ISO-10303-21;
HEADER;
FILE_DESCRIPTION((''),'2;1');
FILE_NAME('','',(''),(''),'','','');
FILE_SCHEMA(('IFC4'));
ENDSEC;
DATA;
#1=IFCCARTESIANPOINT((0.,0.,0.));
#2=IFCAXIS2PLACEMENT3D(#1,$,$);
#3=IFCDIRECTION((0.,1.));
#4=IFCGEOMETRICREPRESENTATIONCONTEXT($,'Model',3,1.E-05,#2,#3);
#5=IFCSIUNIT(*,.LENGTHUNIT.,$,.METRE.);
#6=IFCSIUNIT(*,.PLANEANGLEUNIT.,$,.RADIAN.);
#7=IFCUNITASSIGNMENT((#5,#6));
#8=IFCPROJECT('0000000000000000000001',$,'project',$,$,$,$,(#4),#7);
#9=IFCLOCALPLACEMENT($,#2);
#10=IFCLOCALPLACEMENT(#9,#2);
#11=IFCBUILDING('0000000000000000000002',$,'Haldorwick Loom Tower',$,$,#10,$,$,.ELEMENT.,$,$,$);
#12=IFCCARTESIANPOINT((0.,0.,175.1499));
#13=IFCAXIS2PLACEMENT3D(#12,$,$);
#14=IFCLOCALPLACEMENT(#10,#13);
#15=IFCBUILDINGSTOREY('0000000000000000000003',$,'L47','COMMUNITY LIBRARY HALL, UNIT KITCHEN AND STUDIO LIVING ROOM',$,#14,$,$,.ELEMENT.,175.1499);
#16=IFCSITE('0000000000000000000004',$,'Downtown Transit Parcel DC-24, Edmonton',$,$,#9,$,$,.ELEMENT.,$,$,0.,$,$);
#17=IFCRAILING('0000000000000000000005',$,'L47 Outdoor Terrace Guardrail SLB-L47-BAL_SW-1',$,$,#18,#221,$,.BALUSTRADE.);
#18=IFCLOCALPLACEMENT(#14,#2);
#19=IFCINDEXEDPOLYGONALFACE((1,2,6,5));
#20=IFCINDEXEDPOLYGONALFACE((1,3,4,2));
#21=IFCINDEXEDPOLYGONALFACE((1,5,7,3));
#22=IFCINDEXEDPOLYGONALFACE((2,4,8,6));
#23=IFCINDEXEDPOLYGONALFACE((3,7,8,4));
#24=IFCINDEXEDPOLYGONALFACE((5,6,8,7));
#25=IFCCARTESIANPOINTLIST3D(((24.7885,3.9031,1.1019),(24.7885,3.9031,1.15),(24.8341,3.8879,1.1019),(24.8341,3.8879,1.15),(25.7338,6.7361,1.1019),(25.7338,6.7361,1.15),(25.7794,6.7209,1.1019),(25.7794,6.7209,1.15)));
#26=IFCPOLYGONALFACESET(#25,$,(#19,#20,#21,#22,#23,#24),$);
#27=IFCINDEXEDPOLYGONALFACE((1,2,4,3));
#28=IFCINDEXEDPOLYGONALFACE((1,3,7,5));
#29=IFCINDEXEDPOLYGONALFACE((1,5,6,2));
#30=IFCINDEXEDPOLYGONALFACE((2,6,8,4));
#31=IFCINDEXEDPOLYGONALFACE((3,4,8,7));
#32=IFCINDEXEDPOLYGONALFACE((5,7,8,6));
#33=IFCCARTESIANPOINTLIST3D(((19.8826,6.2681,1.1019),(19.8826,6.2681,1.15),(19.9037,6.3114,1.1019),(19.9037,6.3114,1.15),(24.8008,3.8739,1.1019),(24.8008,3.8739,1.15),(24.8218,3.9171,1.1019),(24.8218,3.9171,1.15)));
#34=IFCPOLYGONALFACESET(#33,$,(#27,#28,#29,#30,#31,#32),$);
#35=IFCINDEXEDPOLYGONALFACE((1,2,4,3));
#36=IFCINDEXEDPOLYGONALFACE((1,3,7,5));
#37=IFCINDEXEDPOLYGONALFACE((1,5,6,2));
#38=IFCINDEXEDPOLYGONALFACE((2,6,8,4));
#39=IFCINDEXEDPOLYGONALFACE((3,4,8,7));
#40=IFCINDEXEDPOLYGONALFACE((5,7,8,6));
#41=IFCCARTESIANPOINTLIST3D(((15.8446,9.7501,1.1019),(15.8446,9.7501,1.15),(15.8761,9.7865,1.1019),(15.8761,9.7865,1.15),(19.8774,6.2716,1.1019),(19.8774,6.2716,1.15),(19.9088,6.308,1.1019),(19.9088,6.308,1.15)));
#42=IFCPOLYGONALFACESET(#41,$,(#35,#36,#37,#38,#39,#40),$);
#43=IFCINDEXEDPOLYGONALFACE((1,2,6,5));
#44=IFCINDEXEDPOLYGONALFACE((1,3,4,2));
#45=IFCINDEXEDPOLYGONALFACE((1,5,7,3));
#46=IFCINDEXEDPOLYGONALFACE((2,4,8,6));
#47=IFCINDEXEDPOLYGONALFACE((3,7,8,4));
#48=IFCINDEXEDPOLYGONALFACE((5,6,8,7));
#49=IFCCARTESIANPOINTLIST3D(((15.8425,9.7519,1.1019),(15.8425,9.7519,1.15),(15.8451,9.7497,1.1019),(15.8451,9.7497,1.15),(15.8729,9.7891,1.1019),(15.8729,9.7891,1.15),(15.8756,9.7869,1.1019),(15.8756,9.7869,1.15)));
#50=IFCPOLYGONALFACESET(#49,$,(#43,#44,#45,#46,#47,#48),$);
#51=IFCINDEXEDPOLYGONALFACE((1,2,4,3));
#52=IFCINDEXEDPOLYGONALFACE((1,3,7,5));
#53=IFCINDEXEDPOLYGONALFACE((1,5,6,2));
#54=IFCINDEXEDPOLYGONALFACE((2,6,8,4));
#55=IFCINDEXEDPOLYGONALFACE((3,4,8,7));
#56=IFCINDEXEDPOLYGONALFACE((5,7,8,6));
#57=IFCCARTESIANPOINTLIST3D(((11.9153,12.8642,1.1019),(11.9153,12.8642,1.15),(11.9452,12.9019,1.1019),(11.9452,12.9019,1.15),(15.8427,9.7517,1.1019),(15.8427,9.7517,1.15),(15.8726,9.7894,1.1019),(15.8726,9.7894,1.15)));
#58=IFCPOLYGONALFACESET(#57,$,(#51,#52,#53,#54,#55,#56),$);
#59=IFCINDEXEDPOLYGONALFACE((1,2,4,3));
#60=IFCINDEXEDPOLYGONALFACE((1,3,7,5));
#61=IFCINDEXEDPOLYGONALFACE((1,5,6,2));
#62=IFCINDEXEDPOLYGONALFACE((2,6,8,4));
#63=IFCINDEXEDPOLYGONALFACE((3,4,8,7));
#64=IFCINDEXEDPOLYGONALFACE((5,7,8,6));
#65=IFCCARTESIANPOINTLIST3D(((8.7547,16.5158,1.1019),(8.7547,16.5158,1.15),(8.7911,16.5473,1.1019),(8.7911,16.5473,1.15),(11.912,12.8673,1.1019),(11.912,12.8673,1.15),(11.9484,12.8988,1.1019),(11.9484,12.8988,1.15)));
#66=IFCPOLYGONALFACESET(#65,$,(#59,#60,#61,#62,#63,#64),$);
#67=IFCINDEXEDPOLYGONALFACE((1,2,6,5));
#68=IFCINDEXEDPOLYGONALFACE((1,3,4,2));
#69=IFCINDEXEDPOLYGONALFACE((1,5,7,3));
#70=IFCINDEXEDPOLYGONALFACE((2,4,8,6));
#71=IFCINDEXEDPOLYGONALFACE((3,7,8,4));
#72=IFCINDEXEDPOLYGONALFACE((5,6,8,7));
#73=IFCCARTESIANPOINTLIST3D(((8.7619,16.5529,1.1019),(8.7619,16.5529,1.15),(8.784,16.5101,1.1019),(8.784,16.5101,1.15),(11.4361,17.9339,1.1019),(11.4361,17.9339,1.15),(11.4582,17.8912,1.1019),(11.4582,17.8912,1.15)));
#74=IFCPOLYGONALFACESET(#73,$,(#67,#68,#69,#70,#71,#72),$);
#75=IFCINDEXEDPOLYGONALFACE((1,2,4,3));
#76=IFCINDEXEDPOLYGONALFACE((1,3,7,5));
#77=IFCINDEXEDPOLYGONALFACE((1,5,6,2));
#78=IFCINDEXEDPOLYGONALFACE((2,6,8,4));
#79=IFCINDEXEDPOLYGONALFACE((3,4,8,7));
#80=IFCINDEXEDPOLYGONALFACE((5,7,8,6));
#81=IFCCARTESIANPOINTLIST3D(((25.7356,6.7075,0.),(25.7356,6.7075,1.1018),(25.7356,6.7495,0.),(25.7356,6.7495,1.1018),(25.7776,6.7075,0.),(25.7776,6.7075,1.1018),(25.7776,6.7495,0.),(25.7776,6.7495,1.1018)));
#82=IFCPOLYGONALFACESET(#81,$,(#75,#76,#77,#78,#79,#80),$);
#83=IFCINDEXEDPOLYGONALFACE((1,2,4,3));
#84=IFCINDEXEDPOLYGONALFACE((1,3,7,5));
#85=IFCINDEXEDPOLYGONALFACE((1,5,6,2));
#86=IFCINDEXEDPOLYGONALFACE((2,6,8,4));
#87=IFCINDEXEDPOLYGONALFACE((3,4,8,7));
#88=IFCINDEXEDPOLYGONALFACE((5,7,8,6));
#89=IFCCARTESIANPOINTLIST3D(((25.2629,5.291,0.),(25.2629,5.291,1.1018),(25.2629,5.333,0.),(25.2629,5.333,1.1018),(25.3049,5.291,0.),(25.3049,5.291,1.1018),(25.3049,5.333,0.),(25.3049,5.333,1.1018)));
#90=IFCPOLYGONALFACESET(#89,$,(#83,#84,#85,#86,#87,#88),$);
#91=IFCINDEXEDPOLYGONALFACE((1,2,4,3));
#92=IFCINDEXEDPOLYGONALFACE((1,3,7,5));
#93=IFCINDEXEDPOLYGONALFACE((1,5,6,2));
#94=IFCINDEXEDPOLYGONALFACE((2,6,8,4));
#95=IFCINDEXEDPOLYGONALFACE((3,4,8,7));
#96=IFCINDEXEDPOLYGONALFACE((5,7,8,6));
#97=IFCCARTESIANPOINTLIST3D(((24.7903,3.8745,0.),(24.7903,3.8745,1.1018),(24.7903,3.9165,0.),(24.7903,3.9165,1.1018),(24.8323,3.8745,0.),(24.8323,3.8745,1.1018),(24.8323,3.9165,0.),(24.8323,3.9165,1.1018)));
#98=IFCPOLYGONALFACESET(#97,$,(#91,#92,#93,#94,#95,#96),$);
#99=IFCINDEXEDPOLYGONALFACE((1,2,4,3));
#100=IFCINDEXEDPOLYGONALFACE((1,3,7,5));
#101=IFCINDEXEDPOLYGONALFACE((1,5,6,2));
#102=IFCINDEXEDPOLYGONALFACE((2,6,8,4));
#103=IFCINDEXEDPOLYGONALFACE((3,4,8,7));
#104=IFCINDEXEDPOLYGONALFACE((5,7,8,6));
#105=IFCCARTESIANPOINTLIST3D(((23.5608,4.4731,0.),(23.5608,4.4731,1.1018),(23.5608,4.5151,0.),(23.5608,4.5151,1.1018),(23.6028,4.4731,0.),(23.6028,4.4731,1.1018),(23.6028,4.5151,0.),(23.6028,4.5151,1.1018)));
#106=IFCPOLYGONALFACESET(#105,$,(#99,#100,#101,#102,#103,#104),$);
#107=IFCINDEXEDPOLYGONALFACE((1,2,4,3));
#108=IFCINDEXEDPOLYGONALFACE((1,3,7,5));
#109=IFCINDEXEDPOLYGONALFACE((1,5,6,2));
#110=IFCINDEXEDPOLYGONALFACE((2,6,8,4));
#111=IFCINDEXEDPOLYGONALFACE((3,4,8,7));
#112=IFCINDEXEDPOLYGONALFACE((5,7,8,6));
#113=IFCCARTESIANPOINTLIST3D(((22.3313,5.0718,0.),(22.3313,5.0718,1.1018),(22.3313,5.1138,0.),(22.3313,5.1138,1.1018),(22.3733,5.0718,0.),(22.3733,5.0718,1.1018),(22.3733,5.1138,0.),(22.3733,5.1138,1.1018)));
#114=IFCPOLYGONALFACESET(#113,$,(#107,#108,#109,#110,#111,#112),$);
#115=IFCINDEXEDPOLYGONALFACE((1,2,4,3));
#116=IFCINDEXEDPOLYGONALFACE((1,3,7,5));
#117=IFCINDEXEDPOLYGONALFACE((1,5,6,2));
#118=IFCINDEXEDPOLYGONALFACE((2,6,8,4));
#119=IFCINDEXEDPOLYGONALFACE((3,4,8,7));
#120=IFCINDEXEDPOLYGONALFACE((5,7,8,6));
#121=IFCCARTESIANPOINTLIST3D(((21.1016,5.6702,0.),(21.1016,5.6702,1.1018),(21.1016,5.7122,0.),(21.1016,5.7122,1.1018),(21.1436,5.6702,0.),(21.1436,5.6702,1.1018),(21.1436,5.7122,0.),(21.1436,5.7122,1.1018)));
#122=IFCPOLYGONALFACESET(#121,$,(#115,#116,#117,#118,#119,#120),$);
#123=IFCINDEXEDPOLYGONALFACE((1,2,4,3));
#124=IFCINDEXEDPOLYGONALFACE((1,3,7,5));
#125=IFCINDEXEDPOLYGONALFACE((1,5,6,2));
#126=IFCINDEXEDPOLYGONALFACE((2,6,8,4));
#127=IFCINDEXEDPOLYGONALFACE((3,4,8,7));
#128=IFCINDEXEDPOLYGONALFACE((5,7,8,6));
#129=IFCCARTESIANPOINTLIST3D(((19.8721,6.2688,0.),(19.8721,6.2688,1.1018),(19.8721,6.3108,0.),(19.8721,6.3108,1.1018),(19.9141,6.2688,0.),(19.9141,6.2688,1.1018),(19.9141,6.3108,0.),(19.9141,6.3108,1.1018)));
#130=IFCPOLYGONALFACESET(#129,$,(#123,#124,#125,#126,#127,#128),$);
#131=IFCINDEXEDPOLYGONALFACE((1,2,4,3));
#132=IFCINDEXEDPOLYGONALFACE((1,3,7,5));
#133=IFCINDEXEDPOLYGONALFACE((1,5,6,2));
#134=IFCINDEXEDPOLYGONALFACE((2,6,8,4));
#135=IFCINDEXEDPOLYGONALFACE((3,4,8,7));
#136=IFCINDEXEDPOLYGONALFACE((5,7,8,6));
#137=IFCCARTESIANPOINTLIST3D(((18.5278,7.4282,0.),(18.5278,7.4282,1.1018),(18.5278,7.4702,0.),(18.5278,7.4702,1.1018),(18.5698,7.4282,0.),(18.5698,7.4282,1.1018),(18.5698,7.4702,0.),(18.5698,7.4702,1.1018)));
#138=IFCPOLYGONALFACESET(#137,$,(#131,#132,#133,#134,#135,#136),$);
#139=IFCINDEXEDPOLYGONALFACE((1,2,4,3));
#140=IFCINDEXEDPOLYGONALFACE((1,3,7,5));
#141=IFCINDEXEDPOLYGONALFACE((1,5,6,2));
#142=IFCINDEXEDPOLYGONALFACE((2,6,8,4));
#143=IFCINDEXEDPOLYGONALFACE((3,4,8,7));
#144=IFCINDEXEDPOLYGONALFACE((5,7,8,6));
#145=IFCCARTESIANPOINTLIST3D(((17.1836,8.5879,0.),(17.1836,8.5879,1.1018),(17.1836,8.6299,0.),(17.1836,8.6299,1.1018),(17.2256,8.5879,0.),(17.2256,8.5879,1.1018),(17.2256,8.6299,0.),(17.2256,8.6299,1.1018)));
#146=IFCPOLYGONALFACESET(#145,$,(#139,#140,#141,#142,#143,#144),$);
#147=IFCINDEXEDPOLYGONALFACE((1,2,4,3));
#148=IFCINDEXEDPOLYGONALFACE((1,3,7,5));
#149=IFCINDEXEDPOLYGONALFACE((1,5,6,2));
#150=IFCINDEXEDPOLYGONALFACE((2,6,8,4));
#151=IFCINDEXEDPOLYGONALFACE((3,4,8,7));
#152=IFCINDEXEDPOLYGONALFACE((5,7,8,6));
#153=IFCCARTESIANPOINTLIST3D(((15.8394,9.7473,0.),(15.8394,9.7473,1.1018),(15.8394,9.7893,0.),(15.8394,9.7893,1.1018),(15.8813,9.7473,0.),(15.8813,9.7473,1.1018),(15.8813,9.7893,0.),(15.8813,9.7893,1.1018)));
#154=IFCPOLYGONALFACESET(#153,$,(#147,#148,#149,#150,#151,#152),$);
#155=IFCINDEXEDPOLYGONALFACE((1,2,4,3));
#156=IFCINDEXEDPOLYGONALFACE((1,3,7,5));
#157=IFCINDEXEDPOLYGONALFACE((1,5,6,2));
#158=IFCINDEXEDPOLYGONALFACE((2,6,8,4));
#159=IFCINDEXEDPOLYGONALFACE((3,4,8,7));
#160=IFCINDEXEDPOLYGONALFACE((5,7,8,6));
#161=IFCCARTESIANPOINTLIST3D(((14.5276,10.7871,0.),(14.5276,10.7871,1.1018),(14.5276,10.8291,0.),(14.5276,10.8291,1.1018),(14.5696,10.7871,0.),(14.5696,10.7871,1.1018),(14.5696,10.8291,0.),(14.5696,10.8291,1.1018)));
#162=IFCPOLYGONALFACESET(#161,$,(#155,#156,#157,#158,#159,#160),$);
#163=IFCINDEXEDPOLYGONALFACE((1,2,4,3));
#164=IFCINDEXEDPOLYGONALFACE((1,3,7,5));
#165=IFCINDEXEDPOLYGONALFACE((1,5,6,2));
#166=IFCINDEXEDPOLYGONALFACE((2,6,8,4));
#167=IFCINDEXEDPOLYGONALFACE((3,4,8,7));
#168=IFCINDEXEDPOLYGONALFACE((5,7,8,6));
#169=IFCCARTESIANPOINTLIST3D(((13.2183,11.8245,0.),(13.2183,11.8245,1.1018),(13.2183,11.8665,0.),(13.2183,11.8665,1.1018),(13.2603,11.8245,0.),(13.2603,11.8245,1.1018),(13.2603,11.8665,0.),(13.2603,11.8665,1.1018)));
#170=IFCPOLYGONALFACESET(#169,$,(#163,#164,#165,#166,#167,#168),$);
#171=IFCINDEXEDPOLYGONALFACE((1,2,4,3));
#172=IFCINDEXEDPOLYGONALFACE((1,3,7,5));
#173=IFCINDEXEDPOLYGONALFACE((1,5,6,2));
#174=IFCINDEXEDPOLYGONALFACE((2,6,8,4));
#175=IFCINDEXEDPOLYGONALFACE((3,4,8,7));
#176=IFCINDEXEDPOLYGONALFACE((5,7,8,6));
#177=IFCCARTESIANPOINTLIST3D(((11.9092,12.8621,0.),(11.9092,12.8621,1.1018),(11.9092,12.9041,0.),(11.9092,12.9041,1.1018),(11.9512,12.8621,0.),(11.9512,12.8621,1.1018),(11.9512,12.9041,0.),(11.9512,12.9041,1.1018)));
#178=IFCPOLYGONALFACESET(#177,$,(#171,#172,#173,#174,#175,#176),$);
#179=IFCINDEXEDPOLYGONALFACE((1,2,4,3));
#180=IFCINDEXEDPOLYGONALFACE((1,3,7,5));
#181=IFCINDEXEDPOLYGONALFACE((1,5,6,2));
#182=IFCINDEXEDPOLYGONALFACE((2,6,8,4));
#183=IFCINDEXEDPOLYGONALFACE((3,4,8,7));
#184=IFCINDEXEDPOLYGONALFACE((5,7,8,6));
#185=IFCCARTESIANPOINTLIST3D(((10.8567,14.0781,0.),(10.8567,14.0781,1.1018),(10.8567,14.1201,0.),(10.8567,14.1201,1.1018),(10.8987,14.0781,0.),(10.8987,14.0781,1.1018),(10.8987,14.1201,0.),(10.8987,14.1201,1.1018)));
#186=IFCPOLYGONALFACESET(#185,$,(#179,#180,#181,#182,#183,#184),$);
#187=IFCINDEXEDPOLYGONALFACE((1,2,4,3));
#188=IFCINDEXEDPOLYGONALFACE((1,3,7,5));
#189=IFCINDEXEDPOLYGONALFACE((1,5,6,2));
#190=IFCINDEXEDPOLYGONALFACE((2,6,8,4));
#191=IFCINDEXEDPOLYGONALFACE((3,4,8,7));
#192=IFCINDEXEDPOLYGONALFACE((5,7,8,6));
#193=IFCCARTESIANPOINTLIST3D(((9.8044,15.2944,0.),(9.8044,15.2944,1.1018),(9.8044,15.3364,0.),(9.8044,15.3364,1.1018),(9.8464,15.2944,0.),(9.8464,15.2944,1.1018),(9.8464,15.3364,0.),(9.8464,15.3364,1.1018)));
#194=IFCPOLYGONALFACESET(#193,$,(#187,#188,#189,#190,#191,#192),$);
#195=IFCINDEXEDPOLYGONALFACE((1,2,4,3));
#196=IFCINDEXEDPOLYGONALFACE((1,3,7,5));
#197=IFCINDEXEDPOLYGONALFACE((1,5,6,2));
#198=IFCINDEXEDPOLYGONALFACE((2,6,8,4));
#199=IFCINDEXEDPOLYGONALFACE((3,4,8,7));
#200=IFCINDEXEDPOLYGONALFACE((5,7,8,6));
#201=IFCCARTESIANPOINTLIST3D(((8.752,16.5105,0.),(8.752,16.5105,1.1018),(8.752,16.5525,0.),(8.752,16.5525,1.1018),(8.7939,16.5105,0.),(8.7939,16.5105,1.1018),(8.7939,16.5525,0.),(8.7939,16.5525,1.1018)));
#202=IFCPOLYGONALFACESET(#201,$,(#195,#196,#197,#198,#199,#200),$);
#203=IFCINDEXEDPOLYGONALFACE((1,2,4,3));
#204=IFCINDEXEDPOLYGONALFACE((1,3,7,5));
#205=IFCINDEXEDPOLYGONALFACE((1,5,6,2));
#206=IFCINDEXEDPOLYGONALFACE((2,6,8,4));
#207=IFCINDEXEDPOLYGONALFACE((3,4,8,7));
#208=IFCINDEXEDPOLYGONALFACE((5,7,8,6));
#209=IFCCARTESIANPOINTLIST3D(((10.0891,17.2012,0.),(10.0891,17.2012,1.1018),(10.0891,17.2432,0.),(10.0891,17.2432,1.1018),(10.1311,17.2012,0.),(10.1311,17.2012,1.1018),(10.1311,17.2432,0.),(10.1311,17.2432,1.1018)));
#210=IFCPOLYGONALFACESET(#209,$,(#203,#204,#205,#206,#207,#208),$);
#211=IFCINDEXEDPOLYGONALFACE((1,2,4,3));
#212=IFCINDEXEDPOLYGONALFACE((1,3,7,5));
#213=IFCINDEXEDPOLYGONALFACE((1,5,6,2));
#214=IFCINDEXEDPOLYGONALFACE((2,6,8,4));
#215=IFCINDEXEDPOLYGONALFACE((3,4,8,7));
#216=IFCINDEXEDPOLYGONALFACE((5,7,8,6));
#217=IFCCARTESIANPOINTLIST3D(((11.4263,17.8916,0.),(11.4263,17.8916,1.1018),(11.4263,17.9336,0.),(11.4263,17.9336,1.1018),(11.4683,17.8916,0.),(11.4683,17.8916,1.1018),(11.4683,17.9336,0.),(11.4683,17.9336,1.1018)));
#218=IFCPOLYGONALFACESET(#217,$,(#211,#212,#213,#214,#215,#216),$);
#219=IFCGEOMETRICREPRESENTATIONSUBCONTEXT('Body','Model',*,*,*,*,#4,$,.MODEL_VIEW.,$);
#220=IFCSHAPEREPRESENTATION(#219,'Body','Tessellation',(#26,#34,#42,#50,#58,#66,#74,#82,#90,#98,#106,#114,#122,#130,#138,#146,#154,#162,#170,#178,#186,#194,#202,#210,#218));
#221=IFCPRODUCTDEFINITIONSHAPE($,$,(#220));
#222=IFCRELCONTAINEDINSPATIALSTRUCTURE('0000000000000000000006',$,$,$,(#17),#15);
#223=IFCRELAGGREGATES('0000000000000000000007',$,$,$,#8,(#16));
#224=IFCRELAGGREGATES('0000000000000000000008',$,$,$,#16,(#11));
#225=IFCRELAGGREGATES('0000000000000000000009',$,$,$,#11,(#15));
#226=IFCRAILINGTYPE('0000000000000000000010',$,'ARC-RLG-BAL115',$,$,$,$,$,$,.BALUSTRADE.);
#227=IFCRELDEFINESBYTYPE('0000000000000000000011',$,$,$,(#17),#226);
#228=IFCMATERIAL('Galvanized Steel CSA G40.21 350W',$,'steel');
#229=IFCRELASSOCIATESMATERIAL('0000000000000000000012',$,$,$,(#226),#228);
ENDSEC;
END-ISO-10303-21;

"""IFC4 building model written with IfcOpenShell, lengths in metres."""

from ifc_helpers import new_model, si_unit, direction, frame, origin, origin_2d, place, context, subcontext, project, spatial, rectangle, extrude, material, type_object, element, save


model = new_model("IFC4")

# Units and contexts
model_context = context("Model", 3, precision=1e-05, world=origin(), true_north=direction((0.0, 1.0)))
body_context = subcontext(model_context, "Body", "Model", "MODEL_VIEW")
ifc_project = project(units=[si_unit("LENGTHUNIT", "METRE"), si_unit("PLANEANGLEUNIT", "RADIAN")], contexts=[model_context])

# Site, building, storey
site_placement = place(None, origin())
site = spatial("IfcSite", under=ifc_project, at=site_placement, Name="Downtown Transit Parcel DC-24, Edmonton", CompositionType="ELEMENT", RefElevation=0.0)
building_placement = place(site_placement, origin())
building = spatial("IfcBuilding", under=site, at=building_placement, Name="Haldorwick Loom Tower", CompositionType="ELEMENT")
storey_placement = place(building_placement, frame((0.0, 0.0, 175.1499)))
storey = spatial("IfcBuildingStorey", under=building, at=storey_placement, Name="L47", Description="COMMUNITY LIBRARY HALL, UNIT KITCHEN AND STUDIO LIVING ROOM", CompositionType="ELEMENT", Elevation=175.1499)

# Railing
ifc_material_1 = material(Name="Galvanized Steel CSA G40.21 350W", Category="steel")
railing_type = type_object("IfcRailingType", Name="ARC-RLG-BAL115", PredefinedType="BALUSTRADE", material=ifc_material_1)
railing_placement = place(storey_placement, frame((25.7566, 6.7285, 0.0)))
element("IfcRailing", 1, at=railing_placement, inside=storey, type_object=railing_type, Name="L47 Outdoor Terrace Guardrail SLB-L47-BAL_SW-1", PredefinedType="BALUSTRADE", context=body_context, shape_type="SweptSolid", body=[
    extrude(rectangle(XDim=0.0481, YDim=0.0481, at=origin_2d()), frame((0.0, 0.0, 1.126), z_axis=(-0.316522, -0.948585, 0.0), x_axis=(0.948585, -0.316522, 0.0)), (0.0, 0.0, 1.0), 2.9866),
    extrude(rectangle(XDim=0.0481, YDim=0.0481, at=origin_2d()), frame((-0.9453, -2.833, 1.126), z_axis=(-0.899117, 0.437709, 0.0), x_axis=(-0.437709, -0.899117, 0.0)), (0.0, 0.0, 1.0), 5.47),
    extrude(rectangle(XDim=0.0481, YDim=0.0481, at=origin_2d()), frame((-5.8635, -0.4387, 1.126), z_axis=(-0.757221, 0.653159, 0.0), x_axis=(-0.653159, -0.757221, 0.0)), (0.0, 0.0, 1.0), 5.3257),
    extrude(rectangle(XDim=0.0481, YDim=0.0481, at=origin_2d()), frame((-9.8962, 3.0398, 1.126), z_axis=(-0.773957, 0.633238, 0.0), x_axis=(-0.633238, -0.773957, 0.0)), (0.0, 0.0, 1.0), 0.0034),
    extrude(rectangle(XDim=0.0481, YDim=0.0481, at=origin_2d()), frame((-9.8989, 3.042, 1.126), z_axis=(-0.783727, 0.621106, 0.0), x_axis=(-0.621106, -0.783727, 0.0)), (0.0, 0.0, 1.0), 5.0112),
    extrude(rectangle(XDim=0.0481, YDim=0.0481, at=origin_2d()), frame((-13.8264, 6.1545, 1.126), z_axis=(-0.654368, 0.756176, 0.0), x_axis=(-0.756176, -0.654368, 0.0)), (0.0, 0.0, 1.0), 4.825),
    extrude(rectangle(XDim=0.0481, YDim=0.0481, at=origin_2d()), frame((-16.9836, 9.803, 1.126), z_axis=(0.888511, 0.458856, 0.0), x_axis=(-0.458856, 0.888511, 0.0)), (0.0, 0.0, 1.0), 3.0098),
    extrude(rectangle(XDim=0.042, YDim=0.042, at=origin_2d()), origin(), (0.0, 0.0, 1.0), 1.1018),
    extrude(rectangle(XDim=0.042, YDim=0.042, at=origin_2d()), frame((-0.4727, -1.4165, 0.0)), (0.0, 0.0, 1.0), 1.1018),
    extrude(rectangle(XDim=0.042, YDim=0.042, at=origin_2d()), frame((-0.9453, -2.833, 0.0)), (0.0, 0.0, 1.0), 1.1018),
    extrude(rectangle(XDim=0.042, YDim=0.042, at=origin_2d()), frame((-2.1748, -2.2344, 0.0)), (0.0, 0.0, 1.0), 1.1018),
    extrude(rectangle(XDim=0.042, YDim=0.042, at=origin_2d()), frame((-3.4043, -1.6357, 0.0)), (0.0, 0.0, 1.0), 1.1018),
    extrude(rectangle(XDim=0.042, YDim=0.042, at=origin_2d()), frame((-4.634, -1.0374, 0.0)), (0.0, 0.0, 1.0), 1.1018),
    extrude(rectangle(XDim=0.042, YDim=0.042, at=origin_2d()), frame((-5.8635, -0.4387, 0.0)), (0.0, 0.0, 1.0), 1.1018),
    extrude(rectangle(XDim=0.042, YDim=0.042, at=origin_2d()), frame((-7.2078, 0.7207, 0.0)), (0.0, 0.0, 1.0), 1.1018),
    extrude(rectangle(XDim=0.042, YDim=0.042, at=origin_2d()), frame((-8.552, 1.8804, 0.0)), (0.0, 0.0, 1.0), 1.1018),
    extrude(rectangle(XDim=0.042, YDim=0.042, at=origin_2d()), frame((-9.8962, 3.0398, 0.0)), (0.0, 0.0, 1.0), 1.1018),
    extrude(rectangle(XDim=0.042, YDim=0.042, at=origin_2d()), frame((-11.208, 4.0796, 0.0)), (0.0, 0.0, 1.0), 1.1018),
    extrude(rectangle(XDim=0.042, YDim=0.042, at=origin_2d()), frame((-12.5173, 5.1169, 0.0)), (0.0, 0.0, 1.0), 1.1018),
    extrude(rectangle(XDim=0.042, YDim=0.042, at=origin_2d()), frame((-13.8264, 6.1545, 0.0)), (0.0, 0.0, 1.0), 1.1018),
    extrude(rectangle(XDim=0.042, YDim=0.042, at=origin_2d()), frame((-14.8789, 7.3706, 0.0)), (0.0, 0.0, 1.0), 1.1018),
    extrude(rectangle(XDim=0.042, YDim=0.042, at=origin_2d()), frame((-15.9312, 8.5869, 0.0)), (0.0, 0.0, 1.0), 1.1018),
    extrude(rectangle(XDim=0.042, YDim=0.042, at=origin_2d()), frame((-16.9836, 9.803, 0.0)), (0.0, 0.0, 1.0), 1.1018),
    extrude(rectangle(XDim=0.042, YDim=0.042, at=origin_2d()), frame((-15.6465, 10.4937, 0.0)), (0.0, 0.0, 1.0), 1.1018),
    extrude(rectangle(XDim=0.042, YDim=0.042, at=origin_2d()), frame((-14.3093, 11.1841, 0.0)), (0.0, 0.0, 1.0), 1.1018),
])

save(model, "model.ifc")
